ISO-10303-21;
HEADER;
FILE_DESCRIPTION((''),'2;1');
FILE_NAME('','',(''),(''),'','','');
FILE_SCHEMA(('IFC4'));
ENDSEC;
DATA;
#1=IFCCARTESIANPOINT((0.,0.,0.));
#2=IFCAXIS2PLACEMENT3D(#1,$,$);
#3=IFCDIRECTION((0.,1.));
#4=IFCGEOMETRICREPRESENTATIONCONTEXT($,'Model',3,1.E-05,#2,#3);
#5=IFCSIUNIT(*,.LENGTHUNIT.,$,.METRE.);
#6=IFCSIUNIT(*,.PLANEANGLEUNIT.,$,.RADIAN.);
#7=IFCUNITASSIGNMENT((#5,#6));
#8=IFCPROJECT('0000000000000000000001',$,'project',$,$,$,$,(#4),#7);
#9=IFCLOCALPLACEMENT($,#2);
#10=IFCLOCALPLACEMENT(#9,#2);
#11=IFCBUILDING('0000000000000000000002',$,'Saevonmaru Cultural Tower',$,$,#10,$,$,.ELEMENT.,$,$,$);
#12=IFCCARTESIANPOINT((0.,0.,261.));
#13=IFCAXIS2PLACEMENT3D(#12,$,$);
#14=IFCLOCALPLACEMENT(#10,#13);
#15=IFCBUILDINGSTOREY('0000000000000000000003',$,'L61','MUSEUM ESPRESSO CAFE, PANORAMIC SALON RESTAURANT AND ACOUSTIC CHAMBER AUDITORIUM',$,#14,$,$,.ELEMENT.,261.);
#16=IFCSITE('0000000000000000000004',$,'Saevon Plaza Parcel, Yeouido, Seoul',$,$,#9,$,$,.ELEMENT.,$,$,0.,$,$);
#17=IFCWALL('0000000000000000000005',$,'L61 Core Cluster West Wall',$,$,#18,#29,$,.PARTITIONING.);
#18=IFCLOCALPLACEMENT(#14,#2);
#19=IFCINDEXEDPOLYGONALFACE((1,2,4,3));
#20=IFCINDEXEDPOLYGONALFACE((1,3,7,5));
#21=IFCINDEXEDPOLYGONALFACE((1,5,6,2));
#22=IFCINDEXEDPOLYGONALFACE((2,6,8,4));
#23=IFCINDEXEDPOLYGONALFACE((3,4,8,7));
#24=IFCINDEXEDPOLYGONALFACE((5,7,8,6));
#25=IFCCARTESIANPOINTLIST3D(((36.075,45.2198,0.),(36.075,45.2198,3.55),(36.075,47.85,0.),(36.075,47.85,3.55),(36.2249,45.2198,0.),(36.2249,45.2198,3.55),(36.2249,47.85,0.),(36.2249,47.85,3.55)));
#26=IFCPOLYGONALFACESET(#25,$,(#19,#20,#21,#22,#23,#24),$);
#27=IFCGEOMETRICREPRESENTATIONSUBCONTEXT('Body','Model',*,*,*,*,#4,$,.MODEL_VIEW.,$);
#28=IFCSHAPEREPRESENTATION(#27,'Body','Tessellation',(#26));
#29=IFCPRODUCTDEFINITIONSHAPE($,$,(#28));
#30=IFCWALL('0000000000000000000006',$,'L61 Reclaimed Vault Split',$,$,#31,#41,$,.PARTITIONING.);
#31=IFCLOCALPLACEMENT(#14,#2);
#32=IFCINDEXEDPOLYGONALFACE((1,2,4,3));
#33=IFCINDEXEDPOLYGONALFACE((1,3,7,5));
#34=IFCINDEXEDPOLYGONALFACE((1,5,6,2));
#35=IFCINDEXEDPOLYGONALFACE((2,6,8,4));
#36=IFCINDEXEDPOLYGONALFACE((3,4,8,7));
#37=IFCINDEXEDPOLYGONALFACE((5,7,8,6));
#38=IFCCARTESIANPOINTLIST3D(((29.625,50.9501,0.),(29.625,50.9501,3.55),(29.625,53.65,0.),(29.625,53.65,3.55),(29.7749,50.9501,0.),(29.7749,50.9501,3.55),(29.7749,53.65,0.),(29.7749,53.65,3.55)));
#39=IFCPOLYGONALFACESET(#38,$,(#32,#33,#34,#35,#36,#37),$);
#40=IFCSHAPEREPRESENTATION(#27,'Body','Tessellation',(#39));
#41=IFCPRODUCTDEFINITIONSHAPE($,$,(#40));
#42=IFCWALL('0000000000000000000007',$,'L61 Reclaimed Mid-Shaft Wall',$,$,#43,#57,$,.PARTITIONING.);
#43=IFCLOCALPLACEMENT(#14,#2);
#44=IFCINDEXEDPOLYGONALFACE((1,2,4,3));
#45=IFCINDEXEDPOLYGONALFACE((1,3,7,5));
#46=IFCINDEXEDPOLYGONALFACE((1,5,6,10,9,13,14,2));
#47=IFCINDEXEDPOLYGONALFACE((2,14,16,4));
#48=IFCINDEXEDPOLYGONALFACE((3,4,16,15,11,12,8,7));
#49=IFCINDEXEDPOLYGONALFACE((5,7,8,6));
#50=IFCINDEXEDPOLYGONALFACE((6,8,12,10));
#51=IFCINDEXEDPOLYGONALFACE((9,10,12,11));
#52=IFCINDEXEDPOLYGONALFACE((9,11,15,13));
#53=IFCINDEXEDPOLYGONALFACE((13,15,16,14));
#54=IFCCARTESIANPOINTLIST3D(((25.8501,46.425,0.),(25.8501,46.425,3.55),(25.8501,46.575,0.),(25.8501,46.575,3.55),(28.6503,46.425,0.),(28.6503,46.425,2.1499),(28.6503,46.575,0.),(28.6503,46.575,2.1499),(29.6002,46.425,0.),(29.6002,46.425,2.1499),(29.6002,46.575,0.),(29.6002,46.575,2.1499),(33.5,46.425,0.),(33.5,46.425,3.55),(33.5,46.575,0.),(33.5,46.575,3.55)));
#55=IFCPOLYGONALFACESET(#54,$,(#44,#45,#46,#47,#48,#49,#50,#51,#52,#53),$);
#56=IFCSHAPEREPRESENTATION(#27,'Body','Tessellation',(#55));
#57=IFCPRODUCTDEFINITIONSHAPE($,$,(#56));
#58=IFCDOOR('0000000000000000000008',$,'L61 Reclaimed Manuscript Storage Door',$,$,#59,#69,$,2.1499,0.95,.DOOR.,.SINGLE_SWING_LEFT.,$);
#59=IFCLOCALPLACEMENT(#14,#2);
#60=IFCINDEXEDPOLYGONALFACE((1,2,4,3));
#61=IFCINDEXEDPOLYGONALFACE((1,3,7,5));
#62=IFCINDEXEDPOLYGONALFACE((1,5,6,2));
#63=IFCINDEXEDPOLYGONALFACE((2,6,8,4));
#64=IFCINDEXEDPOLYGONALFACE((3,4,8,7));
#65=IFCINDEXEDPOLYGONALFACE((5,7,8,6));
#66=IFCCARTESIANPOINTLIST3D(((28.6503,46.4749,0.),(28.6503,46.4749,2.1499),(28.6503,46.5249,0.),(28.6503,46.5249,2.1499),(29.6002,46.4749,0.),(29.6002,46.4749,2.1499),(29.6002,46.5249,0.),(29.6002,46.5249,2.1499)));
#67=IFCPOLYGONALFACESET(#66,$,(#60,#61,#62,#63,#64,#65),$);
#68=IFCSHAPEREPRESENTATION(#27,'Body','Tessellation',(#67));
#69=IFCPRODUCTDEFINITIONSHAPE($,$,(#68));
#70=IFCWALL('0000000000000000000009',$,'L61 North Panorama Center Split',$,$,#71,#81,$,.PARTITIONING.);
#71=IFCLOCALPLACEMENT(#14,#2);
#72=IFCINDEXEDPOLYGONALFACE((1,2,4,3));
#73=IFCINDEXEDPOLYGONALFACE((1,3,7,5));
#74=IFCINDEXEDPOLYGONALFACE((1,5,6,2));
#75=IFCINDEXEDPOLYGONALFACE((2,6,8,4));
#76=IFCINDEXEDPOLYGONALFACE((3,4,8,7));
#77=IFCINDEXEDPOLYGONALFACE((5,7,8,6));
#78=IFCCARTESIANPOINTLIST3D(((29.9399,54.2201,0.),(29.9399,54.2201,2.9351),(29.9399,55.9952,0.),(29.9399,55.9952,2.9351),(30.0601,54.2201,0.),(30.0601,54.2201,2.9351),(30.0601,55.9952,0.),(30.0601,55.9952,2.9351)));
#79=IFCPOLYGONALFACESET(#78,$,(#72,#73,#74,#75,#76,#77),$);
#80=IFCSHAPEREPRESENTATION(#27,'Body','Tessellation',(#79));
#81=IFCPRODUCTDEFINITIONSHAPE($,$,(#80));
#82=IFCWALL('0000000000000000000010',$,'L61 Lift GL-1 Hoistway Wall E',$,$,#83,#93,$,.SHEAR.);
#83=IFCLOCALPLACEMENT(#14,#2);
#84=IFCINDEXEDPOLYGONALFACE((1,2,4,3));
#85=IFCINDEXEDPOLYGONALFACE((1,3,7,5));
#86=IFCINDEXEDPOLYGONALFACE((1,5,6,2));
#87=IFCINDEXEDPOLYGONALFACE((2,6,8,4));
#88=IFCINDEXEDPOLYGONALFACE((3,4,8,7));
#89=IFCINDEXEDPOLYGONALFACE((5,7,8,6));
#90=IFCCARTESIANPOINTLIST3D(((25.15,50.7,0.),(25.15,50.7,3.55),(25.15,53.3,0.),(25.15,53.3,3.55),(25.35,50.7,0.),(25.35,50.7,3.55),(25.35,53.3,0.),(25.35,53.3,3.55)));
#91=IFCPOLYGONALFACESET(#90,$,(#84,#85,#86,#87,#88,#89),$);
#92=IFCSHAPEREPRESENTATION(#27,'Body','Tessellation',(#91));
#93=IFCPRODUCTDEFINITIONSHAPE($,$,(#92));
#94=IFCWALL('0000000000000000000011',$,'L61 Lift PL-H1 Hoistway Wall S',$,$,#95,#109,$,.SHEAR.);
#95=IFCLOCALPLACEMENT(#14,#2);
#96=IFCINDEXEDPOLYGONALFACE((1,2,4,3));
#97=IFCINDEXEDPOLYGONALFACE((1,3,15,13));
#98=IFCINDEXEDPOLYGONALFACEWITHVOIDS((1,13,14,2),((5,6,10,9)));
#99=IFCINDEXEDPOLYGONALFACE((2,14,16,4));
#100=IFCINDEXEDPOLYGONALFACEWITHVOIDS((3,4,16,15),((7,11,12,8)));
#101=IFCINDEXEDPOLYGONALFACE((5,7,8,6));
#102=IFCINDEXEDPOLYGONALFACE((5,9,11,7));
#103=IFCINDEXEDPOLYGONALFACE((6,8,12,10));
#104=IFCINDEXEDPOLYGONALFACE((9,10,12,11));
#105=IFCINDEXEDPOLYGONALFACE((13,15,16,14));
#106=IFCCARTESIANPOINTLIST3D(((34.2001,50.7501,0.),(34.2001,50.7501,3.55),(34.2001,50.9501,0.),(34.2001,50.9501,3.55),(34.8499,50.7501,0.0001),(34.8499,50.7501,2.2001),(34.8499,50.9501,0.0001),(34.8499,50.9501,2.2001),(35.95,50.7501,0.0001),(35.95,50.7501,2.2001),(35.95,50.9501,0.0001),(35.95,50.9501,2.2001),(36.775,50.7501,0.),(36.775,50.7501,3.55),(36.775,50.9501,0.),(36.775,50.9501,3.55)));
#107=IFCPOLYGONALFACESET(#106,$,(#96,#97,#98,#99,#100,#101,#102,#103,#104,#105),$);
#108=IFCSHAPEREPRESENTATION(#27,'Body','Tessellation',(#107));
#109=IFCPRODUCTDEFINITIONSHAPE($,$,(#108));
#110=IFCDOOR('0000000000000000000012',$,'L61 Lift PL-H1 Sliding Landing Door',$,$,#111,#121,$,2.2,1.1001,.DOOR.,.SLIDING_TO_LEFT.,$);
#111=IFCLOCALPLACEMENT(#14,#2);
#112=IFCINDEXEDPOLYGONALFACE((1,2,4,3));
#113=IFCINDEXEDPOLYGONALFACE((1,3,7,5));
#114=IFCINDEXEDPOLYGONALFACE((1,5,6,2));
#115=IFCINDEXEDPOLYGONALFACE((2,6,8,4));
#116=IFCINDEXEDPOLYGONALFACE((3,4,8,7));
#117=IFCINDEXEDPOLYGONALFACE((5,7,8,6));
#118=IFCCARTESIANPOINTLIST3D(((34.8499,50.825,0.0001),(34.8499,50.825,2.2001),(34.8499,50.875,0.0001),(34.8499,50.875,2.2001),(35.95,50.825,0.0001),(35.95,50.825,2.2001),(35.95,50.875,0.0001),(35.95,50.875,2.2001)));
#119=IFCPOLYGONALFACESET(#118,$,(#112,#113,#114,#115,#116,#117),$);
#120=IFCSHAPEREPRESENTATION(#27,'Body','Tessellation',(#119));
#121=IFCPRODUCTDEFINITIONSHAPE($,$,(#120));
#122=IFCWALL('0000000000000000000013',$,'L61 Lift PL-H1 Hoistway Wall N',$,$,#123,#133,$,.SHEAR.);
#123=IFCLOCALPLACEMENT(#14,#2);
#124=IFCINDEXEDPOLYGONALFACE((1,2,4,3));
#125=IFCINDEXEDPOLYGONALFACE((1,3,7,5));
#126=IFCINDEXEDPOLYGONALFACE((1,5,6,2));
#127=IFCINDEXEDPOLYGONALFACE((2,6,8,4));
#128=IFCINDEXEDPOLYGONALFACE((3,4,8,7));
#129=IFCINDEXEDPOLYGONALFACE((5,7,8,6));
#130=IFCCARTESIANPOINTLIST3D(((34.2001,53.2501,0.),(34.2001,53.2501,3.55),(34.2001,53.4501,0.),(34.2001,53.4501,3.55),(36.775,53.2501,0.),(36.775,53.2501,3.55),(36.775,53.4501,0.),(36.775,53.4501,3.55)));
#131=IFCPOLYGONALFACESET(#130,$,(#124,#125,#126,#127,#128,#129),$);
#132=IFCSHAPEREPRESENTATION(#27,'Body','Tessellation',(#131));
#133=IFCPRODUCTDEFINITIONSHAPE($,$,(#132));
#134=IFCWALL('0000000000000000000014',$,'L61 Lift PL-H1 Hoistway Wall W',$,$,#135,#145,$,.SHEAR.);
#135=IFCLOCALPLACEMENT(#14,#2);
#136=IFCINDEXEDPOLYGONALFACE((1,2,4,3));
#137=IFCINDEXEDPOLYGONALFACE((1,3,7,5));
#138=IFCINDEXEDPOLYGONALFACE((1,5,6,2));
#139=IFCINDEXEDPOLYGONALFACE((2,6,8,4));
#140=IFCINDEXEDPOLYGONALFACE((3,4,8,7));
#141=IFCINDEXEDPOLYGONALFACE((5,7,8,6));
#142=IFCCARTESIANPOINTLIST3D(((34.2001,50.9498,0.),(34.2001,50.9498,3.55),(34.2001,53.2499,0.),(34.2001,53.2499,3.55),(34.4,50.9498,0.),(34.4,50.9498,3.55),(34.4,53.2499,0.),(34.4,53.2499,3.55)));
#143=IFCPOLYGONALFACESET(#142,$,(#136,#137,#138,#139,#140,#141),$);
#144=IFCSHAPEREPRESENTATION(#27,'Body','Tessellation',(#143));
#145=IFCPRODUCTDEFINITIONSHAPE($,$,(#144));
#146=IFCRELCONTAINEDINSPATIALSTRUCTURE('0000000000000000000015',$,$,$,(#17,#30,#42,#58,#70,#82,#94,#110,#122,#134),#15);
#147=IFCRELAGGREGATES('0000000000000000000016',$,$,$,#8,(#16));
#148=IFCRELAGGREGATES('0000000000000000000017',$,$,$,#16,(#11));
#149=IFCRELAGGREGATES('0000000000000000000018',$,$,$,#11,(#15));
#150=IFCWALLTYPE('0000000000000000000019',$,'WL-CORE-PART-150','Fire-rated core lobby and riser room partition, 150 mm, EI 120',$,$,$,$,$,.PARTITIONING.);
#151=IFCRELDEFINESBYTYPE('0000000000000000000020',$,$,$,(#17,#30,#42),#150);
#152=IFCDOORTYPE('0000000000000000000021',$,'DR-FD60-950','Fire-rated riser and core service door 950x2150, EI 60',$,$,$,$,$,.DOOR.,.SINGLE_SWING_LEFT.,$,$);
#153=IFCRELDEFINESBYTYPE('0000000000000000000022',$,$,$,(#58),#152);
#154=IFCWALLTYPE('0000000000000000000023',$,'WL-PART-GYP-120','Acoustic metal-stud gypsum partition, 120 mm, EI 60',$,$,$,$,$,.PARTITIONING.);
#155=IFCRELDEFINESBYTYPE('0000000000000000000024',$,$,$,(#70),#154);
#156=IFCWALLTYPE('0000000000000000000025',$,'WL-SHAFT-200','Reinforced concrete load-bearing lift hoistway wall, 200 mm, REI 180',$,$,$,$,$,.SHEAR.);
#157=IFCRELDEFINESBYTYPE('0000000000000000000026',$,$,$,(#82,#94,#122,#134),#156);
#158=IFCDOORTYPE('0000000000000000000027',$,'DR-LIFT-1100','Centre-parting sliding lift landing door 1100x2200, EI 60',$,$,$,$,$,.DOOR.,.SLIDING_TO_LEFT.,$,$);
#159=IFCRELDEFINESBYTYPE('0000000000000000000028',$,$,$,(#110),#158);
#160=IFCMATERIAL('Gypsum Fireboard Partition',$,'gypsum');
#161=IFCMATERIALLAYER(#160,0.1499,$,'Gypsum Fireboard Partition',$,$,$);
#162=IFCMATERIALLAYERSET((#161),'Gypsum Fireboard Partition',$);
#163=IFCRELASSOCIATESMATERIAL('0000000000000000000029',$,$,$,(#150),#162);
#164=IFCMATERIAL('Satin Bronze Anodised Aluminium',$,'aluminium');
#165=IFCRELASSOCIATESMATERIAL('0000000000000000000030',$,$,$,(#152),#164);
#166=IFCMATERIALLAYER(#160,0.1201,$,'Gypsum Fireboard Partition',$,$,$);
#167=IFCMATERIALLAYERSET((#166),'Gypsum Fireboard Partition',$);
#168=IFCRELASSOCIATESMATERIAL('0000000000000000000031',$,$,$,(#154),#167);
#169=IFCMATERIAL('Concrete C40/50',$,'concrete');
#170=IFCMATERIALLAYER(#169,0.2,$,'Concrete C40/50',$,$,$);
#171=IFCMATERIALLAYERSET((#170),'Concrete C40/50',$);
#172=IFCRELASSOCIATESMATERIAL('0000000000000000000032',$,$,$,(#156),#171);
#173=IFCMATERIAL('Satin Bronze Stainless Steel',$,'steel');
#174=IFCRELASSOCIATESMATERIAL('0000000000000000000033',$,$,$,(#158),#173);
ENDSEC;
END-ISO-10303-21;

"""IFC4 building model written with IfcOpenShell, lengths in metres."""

from ifc_helpers import new_model, si_unit, direction, frame, frame_2d, origin, place, context, subcontext, project, spatial, rectangle, extrude, material, layer, layer_set, type_object, element, fill, save


model = new_model("IFC4")

# Units and contexts
model_context = context("Model", 3, precision=1e-05, world=origin(), true_north=direction((0.0, 1.0)))
body_context = subcontext(model_context, "Body", "Model", "MODEL_VIEW")
ifc_project = project(units=[si_unit("LENGTHUNIT", "METRE"), si_unit("PLANEANGLEUNIT", "RADIAN")], contexts=[model_context])

# Site, building, storey
site_placement = place(None, origin())
site = spatial("IfcSite", under=ifc_project, at=site_placement, Name="Saevon Plaza Parcel, Yeouido, Seoul", CompositionType="ELEMENT", RefElevation=0.0)
building_placement = place(site_placement, origin())
building = spatial("IfcBuilding", under=site, at=building_placement, Name="Saevonmaru Cultural Tower", CompositionType="ELEMENT")
storey_placement = place(building_placement, frame((0.0, 0.0, 261.0)))
storey = spatial("IfcBuildingStorey", under=building, at=storey_placement, Name="L61", Description="MUSEUM ESPRESSO CAFE, PANORAMIC SALON RESTAURANT AND ACOUSTIC CHAMBER AUDITORIUM", CompositionType="ELEMENT", Elevation=261.0)

# Shared definitions
ifc_material_1 = material(Name="Satin Bronze Anodised Aluminium", Category="aluminium")

# Shared definitions
ifc_material_2 = material(Name="Gypsum Fireboard Partition", Category="gypsum")
ifc_layer_1 = layer(ifc_material_2, 0.1499, Name="Gypsum Fireboard Partition")
ifc_layer_set_1 = layer_set([ifc_layer_1], Name="Gypsum Fireboard Partition")
wall_type_1 = type_object("IfcWallType", Name="WL-CORE-PART-150", Description="Fire-rated core lobby and riser room partition, 150 mm, EI 120", PredefinedType="PARTITIONING", material=ifc_layer_set_1)
door_type_1 = type_object("IfcDoorType", Name="DR-FD60-950", Description="Fire-rated riser and core service door 950x2150, EI 60", OperationType="SINGLE_SWING_LEFT", PredefinedType="DOOR", material=ifc_material_1)

# Wall
wall_1_placement = place(storey_placement, frame((36.1499, 45.22, 0.0), z_axis=(0.0, 0.0, 1.0), x_axis=(0.0, 1.0, 0.0)))
element("IfcWall", 1, at=wall_1_placement, inside=storey, type_object=wall_type_1, Name="L61 Core Cluster West Wall", PredefinedType="PARTITIONING", context=body_context, shape_type="SweptSolid", body=[
    extrude(rectangle(XDim=2.6301, YDim=0.1499, at=frame_2d((1.3149, 0.0))), origin(), (0.0, 0.0, 1.0), 3.55),
])

# Wall
wall_2_placement = place(storey_placement, frame((29.7, 50.95, 0.0), z_axis=(0.0, 0.0, 1.0), x_axis=(0.0, 1.0, 0.0)))
element("IfcWall", 2, at=wall_2_placement, inside=storey, type_object=wall_type_1, Name="L61 Reclaimed Vault Split", PredefinedType="PARTITIONING", context=body_context, shape_type="SweptSolid", body=[
    extrude(rectangle(XDim=2.7, YDim=0.1499, at=frame_2d((1.3501, 0.0))), origin(), (0.0, 0.0, 1.0), 3.55),
])

# Wall, opening, door
wall_3_placement = place(storey_placement, frame((25.8501, 46.5, 0.0), z_axis=(0.0, 0.0, 1.0), x_axis=(1.0, 0.0, 0.0)))
wall_3 = element("IfcWall", 3, at=wall_3_placement, inside=storey, type_object=wall_type_1, Name="L61 Reclaimed Mid-Shaft Wall", PredefinedType="PARTITIONING", context=body_context, shape_type="SweptSolid", body=[
    extrude(rectangle(XDim=7.6499, YDim=0.1499, at=frame_2d((3.825, 0.0))), origin(), (0.0, 0.0, 1.0), 3.55),
])
opening_1_placement = place(wall_3_placement, frame((2.8, 0.0, 0.0)))
opening_1 = element("IfcOpeningElement", 4, at=opening_1_placement, cuts=wall_3, PredefinedType="OPENING", context=body_context, shape_type="SweptSolid", body=[
    extrude(rectangle(XDim=0.95, YDim=2.1499, at=frame_2d((0.4751, 1.075))), frame((0.0, 0.085, 0.0), z_axis=(0.0, -1.0, 0.0), x_axis=(1.0, 0.0, 0.0)), (0.0, 0.0, 1.0), 0.1699),
])
door_1_placement = place(opening_1_placement, origin())
door_1 = element("IfcDoor", 5, at=door_1_placement, inside=storey, type_object=door_type_1, Name="L61 Reclaimed Manuscript Storage Door", OperationType="SINGLE_SWING_LEFT", OverallHeight=2.1499, OverallWidth=0.95, PredefinedType="DOOR", context=body_context, shape_type="SweptSolid", body=[
    extrude(rectangle(XDim=0.95, YDim=2.1499, at=frame_2d((0.4751, 1.075))), frame((0.0, 0.0249, 0.0), z_axis=(0.0, -1.0, 0.0), x_axis=(1.0, 0.0, 0.0)), (0.0, 0.0, 1.0), 0.05),
])
fill(opening_1, door_1)

# Walls
ifc_layer_2 = layer(ifc_material_2, 0.1201, Name="Gypsum Fireboard Partition")
ifc_layer_set_2 = layer_set([ifc_layer_2], Name="Gypsum Fireboard Partition")
wall_type_2 = type_object("IfcWallType", Name="WL-PART-GYP-120", Description="Acoustic metal-stud gypsum partition, 120 mm, EI 60", PredefinedType="PARTITIONING", material=ifc_layer_set_2)
wall_4_placement = place(storey_placement, frame((30.0, 54.22, 0.0), z_axis=(0.0, 0.0, 1.0), x_axis=(0.0, 1.0, 0.0)))
element("IfcWall", 6, at=wall_4_placement, inside=storey, type_object=wall_type_2, Name="L61 North Panorama Center Split", PredefinedType="PARTITIONING", context=body_context, shape_type="SweptSolid", body=[
    extrude(rectangle(XDim=1.7751, YDim=0.1201, at=frame_2d((0.8877, 0.0))), origin(), (0.0, 0.0, 1.0), 2.9351),
])
ifc_material_3 = material(Name="Concrete C40/50", Category="concrete")
ifc_layer_3 = layer(ifc_material_3, 0.2, Name="Concrete C40/50")
ifc_layer_set_3 = layer_set([ifc_layer_3], Name="Concrete C40/50")
wall_type_3 = type_object("IfcWallType", Name="WL-SHAFT-200", Description="Reinforced concrete load-bearing lift hoistway wall, 200 mm, REI 180", PredefinedType="SHEAR", material=ifc_layer_set_3)
wall_5_placement = place(storey_placement, frame((25.25, 50.7, 0.0), z_axis=(0.0, 0.0, 1.0), x_axis=(0.0, 1.0, 0.0)))
element("IfcWall", 7, at=wall_5_placement, inside=storey, type_object=wall_type_3, Name="L61 Lift GL-1 Hoistway Wall E", PredefinedType="SHEAR", context=body_context, shape_type="SweptSolid", body=[
    extrude(rectangle(XDim=2.6001, YDim=0.2, at=frame_2d((1.3, 0.0))), origin(), (0.0, 0.0, 1.0), 3.55),
])

# Wall, opening, door
wall_6_placement = place(storey_placement, frame((34.2, 50.8501, 0.0), z_axis=(0.0, 0.0, 1.0), x_axis=(1.0, 0.0, 0.0)))
wall_6 = element("IfcWall", 8, at=wall_6_placement, inside=storey, type_object=wall_type_3, Name="L61 Lift PL-H1 Hoistway Wall S", PredefinedType="SHEAR", context=body_context, shape_type="SweptSolid", body=[
    extrude(rectangle(XDim=2.575, YDim=0.2, at=frame_2d((1.2876, 0.0))), origin(), (0.0, 0.0, 1.0), 3.55),
])
opening_2_placement = place(wall_6_placement, frame((0.6499, 0.0, 0.0)))
opening_2 = element("IfcOpeningElement", 9, at=opening_2_placement, cuts=wall_6, PredefinedType="OPENING", context=body_context, shape_type="SweptSolid", body=[
    extrude(rectangle(XDim=1.1001, YDim=2.2, at=frame_2d((0.55, 1.1001))), frame((0.0, 0.1099, 0.0), z_axis=(0.0, -1.0, 0.0), x_axis=(1.0, 0.0, 0.0)), (0.0, 0.0, 1.0), 0.22),
])
ifc_material_4 = material(Name="Satin Bronze Stainless Steel", Category="steel")
door_type_2 = type_object("IfcDoorType", Name="DR-LIFT-1100", Description="Centre-parting sliding lift landing door 1100x2200, EI 60", OperationType="SLIDING_TO_LEFT", PredefinedType="DOOR", material=ifc_material_4)
door_2_placement = place(opening_2_placement, origin())
door_2 = element("IfcDoor", 10, at=door_2_placement, inside=storey, type_object=door_type_2, Name="L61 Lift PL-H1 Sliding Landing Door", OperationType="SLIDING_TO_LEFT", OverallHeight=2.2, OverallWidth=1.1001, PredefinedType="DOOR", context=body_context, shape_type="SweptSolid", body=[
    extrude(rectangle(XDim=1.1001, YDim=2.2, at=frame_2d((0.55, 1.1001))), frame((0.0, 0.0249, 0.0), z_axis=(0.0, -1.0, 0.0), x_axis=(1.0, 0.0, 0.0)), (0.0, 0.0, 1.0), 0.05),
])
fill(opening_2, door_2)

# Walls
wall_7_placement = place(storey_placement, frame((34.2, 53.3501, 0.0), z_axis=(0.0, 0.0, 1.0), x_axis=(1.0, 0.0, 0.0)))
element("IfcWall", 11, at=wall_7_placement, inside=storey, type_object=wall_type_3, Name="L61 Lift PL-H1 Hoistway Wall N", PredefinedType="SHEAR", context=body_context, shape_type="SweptSolid", body=[
    extrude(rectangle(XDim=2.575, YDim=0.2, at=frame_2d((1.2876, 0.0))), origin(), (0.0, 0.0, 1.0), 3.55),
])
wall_8_placement = place(storey_placement, frame((34.3, 50.95, 0.0), z_axis=(0.0, 0.0, 1.0), x_axis=(0.0, 1.0, 0.0)))
element("IfcWall", 12, at=wall_8_placement, inside=storey, type_object=wall_type_3, Name="L61 Lift PL-H1 Hoistway Wall W", PredefinedType="SHEAR", context=body_context, shape_type="SweptSolid", body=[
    extrude(rectangle(XDim=2.3, YDim=0.2, at=frame_2d((1.1499, 0.0))), origin(), (0.0, 0.0, 1.0), 3.55),
])

save(model, "model.ifc")
